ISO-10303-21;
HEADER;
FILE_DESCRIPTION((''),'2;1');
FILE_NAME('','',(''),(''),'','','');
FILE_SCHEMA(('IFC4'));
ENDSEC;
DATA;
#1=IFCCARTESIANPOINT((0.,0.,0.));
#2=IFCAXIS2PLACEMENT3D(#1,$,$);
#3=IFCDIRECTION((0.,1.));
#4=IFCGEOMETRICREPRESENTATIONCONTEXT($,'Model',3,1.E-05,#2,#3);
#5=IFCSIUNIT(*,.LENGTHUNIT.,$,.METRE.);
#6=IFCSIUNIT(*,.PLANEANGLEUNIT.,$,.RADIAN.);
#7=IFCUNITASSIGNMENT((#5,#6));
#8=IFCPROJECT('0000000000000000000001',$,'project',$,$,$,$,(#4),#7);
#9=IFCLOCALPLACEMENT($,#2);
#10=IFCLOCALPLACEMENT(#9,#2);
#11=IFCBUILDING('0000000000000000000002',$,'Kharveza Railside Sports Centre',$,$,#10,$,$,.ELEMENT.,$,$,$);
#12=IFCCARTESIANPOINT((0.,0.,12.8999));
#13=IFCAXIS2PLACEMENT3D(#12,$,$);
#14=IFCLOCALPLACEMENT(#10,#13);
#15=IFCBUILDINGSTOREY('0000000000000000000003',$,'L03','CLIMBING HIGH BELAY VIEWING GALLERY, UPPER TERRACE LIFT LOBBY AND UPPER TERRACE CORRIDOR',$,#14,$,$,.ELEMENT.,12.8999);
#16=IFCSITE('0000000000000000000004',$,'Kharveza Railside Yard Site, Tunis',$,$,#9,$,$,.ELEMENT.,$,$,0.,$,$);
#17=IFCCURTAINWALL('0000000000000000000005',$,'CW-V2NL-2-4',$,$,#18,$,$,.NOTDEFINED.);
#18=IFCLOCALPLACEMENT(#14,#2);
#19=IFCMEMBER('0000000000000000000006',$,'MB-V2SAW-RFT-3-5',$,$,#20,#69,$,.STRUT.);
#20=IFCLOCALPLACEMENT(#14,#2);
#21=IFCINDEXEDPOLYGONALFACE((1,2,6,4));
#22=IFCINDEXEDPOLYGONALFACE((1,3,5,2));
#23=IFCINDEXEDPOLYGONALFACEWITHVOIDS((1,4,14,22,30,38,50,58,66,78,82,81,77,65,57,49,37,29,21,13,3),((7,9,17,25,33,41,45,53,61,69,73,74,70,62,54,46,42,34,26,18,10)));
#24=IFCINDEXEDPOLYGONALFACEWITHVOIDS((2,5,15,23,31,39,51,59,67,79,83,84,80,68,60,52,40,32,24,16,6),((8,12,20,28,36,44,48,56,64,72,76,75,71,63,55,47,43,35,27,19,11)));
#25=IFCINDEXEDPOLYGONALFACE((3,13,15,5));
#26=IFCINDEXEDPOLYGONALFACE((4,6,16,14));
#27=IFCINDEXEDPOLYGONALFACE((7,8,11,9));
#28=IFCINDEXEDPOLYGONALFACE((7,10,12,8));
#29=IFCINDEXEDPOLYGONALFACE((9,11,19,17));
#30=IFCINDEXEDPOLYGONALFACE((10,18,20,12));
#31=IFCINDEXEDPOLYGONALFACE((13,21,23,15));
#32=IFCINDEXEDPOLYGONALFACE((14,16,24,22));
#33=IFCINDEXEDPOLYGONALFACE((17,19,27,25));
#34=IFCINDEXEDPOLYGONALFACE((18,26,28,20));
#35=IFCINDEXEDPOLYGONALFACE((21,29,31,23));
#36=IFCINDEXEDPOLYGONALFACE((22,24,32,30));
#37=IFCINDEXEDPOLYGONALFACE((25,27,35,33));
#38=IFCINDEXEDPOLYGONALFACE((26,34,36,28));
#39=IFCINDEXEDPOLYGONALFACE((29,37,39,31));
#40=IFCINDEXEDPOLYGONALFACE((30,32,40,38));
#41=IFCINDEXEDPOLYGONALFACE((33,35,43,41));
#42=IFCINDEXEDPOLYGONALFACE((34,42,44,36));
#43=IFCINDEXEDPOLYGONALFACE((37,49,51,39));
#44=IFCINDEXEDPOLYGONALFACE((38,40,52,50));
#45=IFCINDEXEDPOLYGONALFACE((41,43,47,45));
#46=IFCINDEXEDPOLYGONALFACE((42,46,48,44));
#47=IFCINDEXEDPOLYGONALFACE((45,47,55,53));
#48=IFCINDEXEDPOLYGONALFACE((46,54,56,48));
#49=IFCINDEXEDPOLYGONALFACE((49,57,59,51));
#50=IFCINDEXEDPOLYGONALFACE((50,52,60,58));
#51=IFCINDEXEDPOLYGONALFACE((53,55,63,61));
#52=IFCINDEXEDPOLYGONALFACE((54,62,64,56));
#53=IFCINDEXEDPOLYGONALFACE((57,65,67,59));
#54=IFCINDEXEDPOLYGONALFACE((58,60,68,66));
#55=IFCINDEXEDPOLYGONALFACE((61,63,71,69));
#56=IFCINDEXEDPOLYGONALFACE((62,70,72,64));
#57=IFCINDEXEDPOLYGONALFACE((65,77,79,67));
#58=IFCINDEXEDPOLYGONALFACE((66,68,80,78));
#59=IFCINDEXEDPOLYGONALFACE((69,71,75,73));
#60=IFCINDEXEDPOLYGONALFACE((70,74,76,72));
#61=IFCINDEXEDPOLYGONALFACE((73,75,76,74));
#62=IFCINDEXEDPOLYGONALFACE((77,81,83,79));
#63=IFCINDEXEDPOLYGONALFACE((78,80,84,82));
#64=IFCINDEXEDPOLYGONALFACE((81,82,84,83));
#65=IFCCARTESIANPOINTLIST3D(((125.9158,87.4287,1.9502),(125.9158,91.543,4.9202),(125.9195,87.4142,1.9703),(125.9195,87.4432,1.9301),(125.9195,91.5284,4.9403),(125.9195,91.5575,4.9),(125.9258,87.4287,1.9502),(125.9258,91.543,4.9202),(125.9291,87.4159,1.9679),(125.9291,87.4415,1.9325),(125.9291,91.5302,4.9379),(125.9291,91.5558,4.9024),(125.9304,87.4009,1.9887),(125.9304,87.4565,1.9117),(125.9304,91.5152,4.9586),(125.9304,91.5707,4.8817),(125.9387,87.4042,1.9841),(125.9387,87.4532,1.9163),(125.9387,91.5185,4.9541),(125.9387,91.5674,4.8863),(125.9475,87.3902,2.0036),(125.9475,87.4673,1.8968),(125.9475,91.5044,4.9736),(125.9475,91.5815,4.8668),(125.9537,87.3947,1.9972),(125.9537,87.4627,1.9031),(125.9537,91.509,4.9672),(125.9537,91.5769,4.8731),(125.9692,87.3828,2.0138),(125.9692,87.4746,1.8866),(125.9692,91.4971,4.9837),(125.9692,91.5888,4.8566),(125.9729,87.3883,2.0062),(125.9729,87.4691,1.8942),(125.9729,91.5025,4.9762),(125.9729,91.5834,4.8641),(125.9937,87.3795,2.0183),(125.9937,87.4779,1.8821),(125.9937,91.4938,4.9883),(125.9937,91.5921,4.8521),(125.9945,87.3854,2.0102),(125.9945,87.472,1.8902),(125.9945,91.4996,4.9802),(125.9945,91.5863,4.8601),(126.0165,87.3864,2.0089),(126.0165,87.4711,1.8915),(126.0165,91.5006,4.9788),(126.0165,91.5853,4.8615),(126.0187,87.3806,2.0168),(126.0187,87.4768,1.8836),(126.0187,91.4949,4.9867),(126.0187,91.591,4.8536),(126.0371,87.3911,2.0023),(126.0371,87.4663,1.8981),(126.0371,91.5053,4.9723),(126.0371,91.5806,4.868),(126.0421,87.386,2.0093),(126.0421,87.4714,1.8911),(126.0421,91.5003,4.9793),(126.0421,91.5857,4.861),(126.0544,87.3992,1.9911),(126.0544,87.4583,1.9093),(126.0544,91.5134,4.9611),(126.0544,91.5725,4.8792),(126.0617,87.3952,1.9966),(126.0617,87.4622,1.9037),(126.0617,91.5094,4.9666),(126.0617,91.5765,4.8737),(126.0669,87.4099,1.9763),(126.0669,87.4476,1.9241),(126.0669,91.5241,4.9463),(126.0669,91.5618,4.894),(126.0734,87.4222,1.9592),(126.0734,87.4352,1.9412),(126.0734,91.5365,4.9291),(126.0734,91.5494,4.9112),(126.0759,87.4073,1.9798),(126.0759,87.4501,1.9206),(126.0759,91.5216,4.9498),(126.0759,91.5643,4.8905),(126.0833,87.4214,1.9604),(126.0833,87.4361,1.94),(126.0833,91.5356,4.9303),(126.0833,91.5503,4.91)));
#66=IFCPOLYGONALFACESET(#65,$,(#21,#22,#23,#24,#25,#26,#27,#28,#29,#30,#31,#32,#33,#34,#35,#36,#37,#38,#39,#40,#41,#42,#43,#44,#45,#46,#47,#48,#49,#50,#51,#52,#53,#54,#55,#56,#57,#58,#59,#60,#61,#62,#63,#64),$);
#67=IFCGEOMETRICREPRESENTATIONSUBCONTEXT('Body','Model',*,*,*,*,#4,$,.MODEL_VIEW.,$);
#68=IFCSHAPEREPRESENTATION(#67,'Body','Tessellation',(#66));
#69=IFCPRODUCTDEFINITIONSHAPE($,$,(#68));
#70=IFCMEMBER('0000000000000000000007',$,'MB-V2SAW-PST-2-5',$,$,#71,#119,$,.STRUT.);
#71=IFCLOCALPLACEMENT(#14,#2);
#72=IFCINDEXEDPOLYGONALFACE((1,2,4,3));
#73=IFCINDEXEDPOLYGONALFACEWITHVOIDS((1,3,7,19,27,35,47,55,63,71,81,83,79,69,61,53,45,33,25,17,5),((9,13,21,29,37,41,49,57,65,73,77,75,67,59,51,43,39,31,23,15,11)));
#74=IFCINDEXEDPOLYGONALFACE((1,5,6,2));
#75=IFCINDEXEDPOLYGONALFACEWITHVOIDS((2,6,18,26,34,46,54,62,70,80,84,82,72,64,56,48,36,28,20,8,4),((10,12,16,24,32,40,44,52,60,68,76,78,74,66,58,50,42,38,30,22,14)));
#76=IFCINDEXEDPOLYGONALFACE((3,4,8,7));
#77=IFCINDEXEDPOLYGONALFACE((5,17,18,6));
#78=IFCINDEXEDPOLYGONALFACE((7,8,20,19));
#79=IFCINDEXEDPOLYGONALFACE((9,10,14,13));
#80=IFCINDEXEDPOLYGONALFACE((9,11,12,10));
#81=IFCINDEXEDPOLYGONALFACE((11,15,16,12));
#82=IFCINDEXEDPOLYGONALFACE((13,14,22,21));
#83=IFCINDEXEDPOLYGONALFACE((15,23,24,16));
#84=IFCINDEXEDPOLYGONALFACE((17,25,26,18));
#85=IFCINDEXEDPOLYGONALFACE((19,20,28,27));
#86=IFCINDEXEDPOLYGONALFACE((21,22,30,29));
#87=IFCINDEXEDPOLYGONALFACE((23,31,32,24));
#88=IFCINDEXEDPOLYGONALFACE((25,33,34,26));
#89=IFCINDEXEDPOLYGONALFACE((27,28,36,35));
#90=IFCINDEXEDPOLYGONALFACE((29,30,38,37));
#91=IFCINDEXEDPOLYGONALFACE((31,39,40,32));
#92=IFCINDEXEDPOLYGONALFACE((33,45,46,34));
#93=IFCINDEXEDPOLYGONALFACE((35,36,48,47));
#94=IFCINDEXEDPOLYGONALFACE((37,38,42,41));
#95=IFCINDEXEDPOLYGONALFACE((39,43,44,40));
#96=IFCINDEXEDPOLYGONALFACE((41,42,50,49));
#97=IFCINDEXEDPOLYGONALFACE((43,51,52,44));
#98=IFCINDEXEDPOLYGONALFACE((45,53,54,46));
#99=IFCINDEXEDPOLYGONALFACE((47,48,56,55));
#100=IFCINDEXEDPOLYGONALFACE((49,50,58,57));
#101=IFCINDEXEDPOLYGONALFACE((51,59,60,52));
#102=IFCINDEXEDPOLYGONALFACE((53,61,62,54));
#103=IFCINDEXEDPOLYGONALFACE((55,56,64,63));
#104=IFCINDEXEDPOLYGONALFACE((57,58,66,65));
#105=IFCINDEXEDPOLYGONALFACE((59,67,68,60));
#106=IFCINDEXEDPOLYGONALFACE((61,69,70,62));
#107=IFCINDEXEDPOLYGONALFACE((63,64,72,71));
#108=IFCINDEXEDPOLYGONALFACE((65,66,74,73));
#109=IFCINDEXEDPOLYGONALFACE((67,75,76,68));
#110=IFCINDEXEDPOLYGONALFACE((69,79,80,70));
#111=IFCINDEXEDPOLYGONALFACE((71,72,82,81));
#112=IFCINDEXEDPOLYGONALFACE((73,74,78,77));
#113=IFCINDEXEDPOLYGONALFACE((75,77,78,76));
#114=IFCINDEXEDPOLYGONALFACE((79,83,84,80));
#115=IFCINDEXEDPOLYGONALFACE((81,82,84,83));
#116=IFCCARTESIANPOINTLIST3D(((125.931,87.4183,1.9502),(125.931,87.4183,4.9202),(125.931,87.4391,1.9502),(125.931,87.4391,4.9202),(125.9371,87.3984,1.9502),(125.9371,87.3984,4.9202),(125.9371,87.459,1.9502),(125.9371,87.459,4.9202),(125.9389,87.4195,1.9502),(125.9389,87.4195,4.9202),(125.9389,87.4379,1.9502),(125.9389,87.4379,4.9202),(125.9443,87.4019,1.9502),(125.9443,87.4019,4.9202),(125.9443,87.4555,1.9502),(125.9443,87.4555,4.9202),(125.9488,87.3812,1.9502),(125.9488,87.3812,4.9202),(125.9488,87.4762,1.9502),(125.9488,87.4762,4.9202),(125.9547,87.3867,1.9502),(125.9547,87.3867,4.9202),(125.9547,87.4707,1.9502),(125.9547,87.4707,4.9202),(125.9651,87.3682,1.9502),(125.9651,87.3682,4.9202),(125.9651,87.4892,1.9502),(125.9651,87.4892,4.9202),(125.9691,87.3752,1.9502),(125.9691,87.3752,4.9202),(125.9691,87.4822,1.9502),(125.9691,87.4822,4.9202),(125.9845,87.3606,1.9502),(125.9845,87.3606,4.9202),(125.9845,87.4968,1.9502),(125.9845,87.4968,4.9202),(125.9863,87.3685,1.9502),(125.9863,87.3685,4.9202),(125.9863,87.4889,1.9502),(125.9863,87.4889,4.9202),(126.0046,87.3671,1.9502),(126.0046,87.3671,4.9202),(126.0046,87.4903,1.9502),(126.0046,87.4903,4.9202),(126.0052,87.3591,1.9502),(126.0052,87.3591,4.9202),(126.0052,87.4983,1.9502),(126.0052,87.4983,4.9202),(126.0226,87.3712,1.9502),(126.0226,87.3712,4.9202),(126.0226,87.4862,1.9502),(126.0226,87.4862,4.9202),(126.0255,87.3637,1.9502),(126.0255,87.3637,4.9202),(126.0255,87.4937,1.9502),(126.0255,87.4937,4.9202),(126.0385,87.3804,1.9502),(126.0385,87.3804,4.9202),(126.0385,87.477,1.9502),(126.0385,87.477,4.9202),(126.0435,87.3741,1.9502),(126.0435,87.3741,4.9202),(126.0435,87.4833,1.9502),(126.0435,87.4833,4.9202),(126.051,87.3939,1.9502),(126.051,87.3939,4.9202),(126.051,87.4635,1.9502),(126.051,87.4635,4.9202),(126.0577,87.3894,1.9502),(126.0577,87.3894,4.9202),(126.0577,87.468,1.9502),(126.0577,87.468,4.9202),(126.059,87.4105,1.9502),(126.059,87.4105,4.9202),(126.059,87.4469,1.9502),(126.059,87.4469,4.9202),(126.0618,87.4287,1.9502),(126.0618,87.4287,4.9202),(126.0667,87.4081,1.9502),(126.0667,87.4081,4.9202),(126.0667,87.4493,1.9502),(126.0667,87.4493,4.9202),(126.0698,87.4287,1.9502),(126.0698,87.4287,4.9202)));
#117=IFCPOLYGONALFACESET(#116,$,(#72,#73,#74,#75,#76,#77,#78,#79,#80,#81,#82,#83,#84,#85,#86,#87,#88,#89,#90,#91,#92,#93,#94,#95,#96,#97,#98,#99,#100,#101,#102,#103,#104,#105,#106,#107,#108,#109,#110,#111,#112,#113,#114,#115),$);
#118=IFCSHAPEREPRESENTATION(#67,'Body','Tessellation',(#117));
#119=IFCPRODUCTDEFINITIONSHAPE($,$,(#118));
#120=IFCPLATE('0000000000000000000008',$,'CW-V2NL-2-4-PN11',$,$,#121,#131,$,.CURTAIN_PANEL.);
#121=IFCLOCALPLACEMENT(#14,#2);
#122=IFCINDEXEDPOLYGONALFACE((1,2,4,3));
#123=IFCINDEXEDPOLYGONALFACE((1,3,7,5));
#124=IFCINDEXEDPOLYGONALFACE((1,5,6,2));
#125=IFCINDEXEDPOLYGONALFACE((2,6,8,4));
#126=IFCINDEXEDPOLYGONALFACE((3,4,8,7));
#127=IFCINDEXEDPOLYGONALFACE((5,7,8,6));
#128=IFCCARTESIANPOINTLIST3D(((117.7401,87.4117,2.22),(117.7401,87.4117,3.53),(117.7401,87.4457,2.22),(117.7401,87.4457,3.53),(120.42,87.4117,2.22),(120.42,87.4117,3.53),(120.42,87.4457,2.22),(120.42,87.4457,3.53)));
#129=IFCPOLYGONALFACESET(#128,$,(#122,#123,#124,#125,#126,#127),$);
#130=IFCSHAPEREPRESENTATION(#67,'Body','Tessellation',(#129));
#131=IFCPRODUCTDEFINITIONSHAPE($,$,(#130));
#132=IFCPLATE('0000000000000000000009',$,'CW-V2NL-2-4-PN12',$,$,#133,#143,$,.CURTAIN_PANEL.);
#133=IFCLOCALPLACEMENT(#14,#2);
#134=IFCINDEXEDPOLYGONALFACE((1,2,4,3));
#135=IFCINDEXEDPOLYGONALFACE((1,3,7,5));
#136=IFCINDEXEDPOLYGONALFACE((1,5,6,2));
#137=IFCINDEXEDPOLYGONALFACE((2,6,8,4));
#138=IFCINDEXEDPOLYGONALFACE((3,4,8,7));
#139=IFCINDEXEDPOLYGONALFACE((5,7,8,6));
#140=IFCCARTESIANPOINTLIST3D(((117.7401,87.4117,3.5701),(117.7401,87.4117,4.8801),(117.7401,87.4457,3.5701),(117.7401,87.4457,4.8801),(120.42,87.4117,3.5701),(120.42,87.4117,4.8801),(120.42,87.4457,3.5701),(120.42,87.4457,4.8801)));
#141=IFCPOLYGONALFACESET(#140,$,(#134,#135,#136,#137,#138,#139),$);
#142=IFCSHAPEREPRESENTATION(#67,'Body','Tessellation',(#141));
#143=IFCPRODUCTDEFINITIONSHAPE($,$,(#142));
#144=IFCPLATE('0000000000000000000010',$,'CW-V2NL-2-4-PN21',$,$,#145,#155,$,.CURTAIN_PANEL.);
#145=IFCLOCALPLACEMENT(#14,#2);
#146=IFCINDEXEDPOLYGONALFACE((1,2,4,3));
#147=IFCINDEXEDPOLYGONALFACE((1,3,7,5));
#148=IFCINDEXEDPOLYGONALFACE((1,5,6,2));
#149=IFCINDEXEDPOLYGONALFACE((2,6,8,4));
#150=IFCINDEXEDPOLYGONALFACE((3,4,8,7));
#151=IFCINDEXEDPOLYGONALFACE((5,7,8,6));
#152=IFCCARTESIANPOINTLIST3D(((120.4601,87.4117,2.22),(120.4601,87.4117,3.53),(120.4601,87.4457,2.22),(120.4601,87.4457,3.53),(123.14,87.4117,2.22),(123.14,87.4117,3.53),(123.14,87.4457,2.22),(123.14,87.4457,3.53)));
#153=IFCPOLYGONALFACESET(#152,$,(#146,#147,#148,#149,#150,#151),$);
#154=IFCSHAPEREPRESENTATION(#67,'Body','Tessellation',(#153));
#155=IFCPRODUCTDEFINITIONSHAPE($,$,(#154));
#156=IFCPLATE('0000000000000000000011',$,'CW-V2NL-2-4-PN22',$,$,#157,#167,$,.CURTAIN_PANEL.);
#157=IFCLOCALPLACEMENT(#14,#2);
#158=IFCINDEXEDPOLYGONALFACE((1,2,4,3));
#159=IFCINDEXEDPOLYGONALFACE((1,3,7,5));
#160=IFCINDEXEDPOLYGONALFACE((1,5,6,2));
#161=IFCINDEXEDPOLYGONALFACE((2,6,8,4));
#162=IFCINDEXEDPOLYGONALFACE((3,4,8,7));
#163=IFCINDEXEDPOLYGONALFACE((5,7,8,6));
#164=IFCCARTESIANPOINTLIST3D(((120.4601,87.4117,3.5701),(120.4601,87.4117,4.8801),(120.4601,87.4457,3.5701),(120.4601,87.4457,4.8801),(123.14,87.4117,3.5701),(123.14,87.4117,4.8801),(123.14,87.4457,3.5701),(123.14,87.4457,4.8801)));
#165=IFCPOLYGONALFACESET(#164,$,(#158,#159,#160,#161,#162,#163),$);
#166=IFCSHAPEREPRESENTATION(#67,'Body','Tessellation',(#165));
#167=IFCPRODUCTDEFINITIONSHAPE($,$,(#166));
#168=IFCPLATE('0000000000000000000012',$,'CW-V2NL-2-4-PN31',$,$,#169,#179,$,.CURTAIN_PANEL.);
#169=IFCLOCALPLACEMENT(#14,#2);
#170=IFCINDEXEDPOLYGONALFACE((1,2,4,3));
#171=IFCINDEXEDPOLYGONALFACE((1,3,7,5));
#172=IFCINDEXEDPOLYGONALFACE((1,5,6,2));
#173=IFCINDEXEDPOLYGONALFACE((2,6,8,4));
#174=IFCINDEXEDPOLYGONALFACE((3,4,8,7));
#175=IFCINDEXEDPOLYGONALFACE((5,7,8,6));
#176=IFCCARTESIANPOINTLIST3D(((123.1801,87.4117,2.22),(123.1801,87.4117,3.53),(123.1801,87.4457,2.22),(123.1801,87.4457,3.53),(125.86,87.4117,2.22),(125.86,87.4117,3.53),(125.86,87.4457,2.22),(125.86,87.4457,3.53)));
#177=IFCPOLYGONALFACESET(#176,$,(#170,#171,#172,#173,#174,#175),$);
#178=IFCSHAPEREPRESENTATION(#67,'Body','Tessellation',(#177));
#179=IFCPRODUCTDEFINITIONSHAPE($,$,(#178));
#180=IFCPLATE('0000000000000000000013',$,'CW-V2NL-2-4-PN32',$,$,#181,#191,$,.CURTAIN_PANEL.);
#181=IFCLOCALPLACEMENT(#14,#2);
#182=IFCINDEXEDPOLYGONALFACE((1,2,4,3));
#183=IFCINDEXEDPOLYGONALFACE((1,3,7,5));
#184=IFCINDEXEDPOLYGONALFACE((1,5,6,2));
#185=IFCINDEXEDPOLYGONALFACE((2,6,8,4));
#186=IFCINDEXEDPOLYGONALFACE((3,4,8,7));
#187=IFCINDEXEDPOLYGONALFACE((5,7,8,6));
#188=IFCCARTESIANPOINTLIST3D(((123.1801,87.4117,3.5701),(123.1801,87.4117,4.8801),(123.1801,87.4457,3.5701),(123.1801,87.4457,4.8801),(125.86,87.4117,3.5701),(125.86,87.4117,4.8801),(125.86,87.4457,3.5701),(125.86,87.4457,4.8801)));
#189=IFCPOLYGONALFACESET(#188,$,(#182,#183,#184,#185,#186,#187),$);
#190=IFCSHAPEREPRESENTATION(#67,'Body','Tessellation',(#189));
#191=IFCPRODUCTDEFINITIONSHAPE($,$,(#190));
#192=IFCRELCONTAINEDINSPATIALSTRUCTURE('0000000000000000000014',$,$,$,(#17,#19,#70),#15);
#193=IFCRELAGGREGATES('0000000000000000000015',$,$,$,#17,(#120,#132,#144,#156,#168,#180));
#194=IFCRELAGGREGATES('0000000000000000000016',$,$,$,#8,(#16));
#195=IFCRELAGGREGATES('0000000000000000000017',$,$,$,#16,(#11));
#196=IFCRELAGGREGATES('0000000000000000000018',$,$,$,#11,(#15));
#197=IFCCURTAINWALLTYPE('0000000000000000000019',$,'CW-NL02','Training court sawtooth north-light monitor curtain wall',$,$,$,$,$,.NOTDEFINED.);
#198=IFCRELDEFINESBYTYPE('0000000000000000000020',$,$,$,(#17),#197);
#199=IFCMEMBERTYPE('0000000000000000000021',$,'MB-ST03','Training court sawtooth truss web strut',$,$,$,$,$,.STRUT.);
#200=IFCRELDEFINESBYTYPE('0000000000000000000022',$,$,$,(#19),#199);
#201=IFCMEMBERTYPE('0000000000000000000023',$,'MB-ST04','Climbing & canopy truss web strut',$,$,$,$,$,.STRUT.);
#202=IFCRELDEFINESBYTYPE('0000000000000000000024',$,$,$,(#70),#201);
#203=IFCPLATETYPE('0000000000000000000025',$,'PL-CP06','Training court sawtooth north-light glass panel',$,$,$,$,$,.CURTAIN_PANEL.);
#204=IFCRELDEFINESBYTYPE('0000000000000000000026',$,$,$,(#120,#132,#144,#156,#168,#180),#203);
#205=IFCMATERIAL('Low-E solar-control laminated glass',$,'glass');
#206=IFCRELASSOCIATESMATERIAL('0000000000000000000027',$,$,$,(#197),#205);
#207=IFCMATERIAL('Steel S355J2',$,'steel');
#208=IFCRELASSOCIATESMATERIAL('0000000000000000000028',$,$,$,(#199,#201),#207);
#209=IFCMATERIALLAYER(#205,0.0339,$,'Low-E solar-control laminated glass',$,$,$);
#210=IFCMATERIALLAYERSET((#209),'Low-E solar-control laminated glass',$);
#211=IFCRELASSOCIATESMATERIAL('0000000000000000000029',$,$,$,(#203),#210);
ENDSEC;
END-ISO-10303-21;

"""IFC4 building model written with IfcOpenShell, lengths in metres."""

from ifc_helpers import new_model, si_unit, direction, frame, origin, origin_2d, place, context, subcontext, project, spatial, rectangle, hollow_circle, extrude, material, layer, layer_set, material_profile, profile_set, type_object, element, aggregate, save


model = new_model("IFC4")

# Units and contexts
model_context = context("Model", 3, precision=1e-05, world=origin(), true_north=direction((0.0, 1.0)))
body_context = subcontext(model_context, "Body", "Model", "MODEL_VIEW")
ifc_project = project(units=[si_unit("LENGTHUNIT", "METRE"), si_unit("PLANEANGLEUNIT", "RADIAN")], contexts=[model_context])

# Site, building, storey
site_placement = place(None, origin())
site = spatial("IfcSite", under=ifc_project, at=site_placement, Name="Kharveza Railside Yard Site, Tunis", CompositionType="ELEMENT", RefElevation=0.0)
building_placement = place(site_placement, origin())
building = spatial("IfcBuilding", under=site, at=building_placement, Name="Kharveza Railside Sports Centre", CompositionType="ELEMENT")
storey_placement = place(building_placement, frame((0.0, 0.0, 12.8999)))
storey = spatial("IfcBuildingStorey", under=building, at=storey_placement, Name="L03", Description="CLIMBING HIGH BELAY VIEWING GALLERY, UPPER TERRACE LIFT LOBBY AND UPPER TERRACE CORRIDOR", CompositionType="ELEMENT", Elevation=12.8999)

# Shared definitions
ifc_material_1 = material(Name="Steel S355J2", Category="steel")

# Curtain wall
ifc_material_2 = material(Name="Low-E solar-control laminated glass", Category="glass")
curtain_wall_type = type_object("IfcCurtainWallType", Name="CW-NL02", Description="Training court sawtooth north-light monitor curtain wall", PredefinedType="NOTDEFINED", material=ifc_material_2)
curtain_wall_1_placement = place(storey_placement, origin())
curtain_wall_1 = element("IfcCurtainWall", 1, at=curtain_wall_1_placement, inside=storey, type_object=curtain_wall_type, Name="CW-V2NL-2-4", PredefinedType="NOTDEFINED")

# Members
ifc_material_profile_1 = material_profile(ifc_material_1, hollow_circle(Radius=0.0842, WallThickness=0.01, at=origin_2d()), Name="CHS 168.3x10.0")
ifc_profile_set_1 = profile_set([ifc_material_profile_1], Name="Steel S355J2")
member_type_1 = type_object("IfcMemberType", Name="MB-ST03", Description="Training court sawtooth truss web strut", PredefinedType="STRUT", material=ifc_profile_set_1)
member_1_placement = place(storey_placement, frame((126.0, 87.4287, 1.9502), z_axis=(0.0, 0.810814, 0.585304), x_axis=(-1.0, 0.0, 0.0)))
element("IfcMember", 2, at=member_1_placement, inside=storey, type_object=member_type_1, Name="MB-V2SAW-RFT-3-5", PredefinedType="STRUT", context=body_context, shape_type="SweptSolid", body=[
    extrude(hollow_circle(Radius=0.0842, WallThickness=0.01, at=origin_2d()), origin(), (0.0, 0.0, 1.0), 5.0742),
])
ifc_material_profile_2 = material_profile(ifc_material_1, hollow_circle(Radius=0.0698, WallThickness=0.0081, at=origin_2d()), Name="CHS 139.7x8.0")
ifc_profile_set_2 = profile_set([ifc_material_profile_2], Name="Steel S355J2")
member_type_2 = type_object("IfcMemberType", Name="MB-ST04", Description="Climbing & canopy truss web strut", PredefinedType="STRUT", material=ifc_profile_set_2)
member_2_placement = place(storey_placement, frame((126.0, 87.4287, 1.9502), z_axis=(0.0, 0.0, 1.0), x_axis=(1.0, 0.0, 0.0)))
element("IfcMember", 3, at=member_2_placement, inside=storey, type_object=member_type_2, Name="MB-V2SAW-PST-2-5", PredefinedType="STRUT", context=body_context, shape_type="SweptSolid", body=[
    extrude(hollow_circle(Radius=0.0698, WallThickness=0.0081, at=origin_2d()), origin(), (0.0, 0.0, 1.0), 2.97),
])

# Plates
ifc_layer_1 = layer(ifc_material_2, 0.0339, Name="Low-E solar-control laminated glass")
ifc_layer_set_1 = layer_set([ifc_layer_1], Name="Low-E solar-control laminated glass")
plate_type_1 = type_object("IfcPlateType", Name="PL-CP06", Description="Training court sawtooth north-light glass panel", PredefinedType="CURTAIN_PANEL", material=ifc_layer_set_1)
plate_1_placement = place(storey_placement, frame((119.0801, 87.4287, 2.22), z_axis=(0.0, 0.0, 1.0), x_axis=(1.0, 0.0, 0.0)))
plate_1 = element("IfcPlate", 4, at=plate_1_placement, type_object=plate_type_1, Name="CW-V2NL-2-4-PN11", PredefinedType="CURTAIN_PANEL", context=body_context, shape_type="SweptSolid", body=[
    extrude(rectangle(XDim=2.6799, YDim=0.0339, at=origin_2d()), origin(), (0.0, 0.0, 1.0), 1.3101),
])
plate_2_placement = place(storey_placement, frame((119.0801, 87.4287, 3.5701), z_axis=(0.0, 0.0, 1.0), x_axis=(1.0, 0.0, 0.0)))
plate_2 = element("IfcPlate", 5, at=plate_2_placement, type_object=plate_type_1, Name="CW-V2NL-2-4-PN12", PredefinedType="CURTAIN_PANEL", context=body_context, shape_type="SweptSolid", body=[
    extrude(rectangle(XDim=2.6799, YDim=0.0339, at=origin_2d()), origin(), (0.0, 0.0, 1.0), 1.3101),
])
plate_3_placement = place(storey_placement, frame((121.8, 87.4287, 2.22), z_axis=(0.0, 0.0, 1.0), x_axis=(1.0, 0.0, 0.0)))
plate_3 = element("IfcPlate", 6, at=plate_3_placement, type_object=plate_type_1, Name="CW-V2NL-2-4-PN21", PredefinedType="CURTAIN_PANEL", context=body_context, shape_type="SweptSolid", body=[
    extrude(rectangle(XDim=2.6799, YDim=0.0339, at=origin_2d()), origin(), (0.0, 0.0, 1.0), 1.3101),
])
plate_4_placement = place(storey_placement, frame((121.8, 87.4287, 3.5701), z_axis=(0.0, 0.0, 1.0), x_axis=(1.0, 0.0, 0.0)))
plate_4 = element("IfcPlate", 7, at=plate_4_placement, type_object=plate_type_1, Name="CW-V2NL-2-4-PN22", PredefinedType="CURTAIN_PANEL", context=body_context, shape_type="SweptSolid", body=[
    extrude(rectangle(XDim=2.6799, YDim=0.0339, at=origin_2d()), origin(), (0.0, 0.0, 1.0), 1.3101),
])
plate_5_placement = place(storey_placement, frame((124.52, 87.4287, 2.22), z_axis=(0.0, 0.0, 1.0), x_axis=(1.0, 0.0, 0.0)))
plate_5 = element("IfcPlate", 8, at=plate_5_placement, type_object=plate_type_1, Name="CW-V2NL-2-4-PN31", PredefinedType="CURTAIN_PANEL", context=body_context, shape_type="SweptSolid", body=[
    extrude(rectangle(XDim=2.6799, YDim=0.0339, at=origin_2d()), origin(), (0.0, 0.0, 1.0), 1.3101),
])
plate_6_placement = place(storey_placement, frame((124.52, 87.4287, 3.5701), z_axis=(0.0, 0.0, 1.0), x_axis=(1.0, 0.0, 0.0)))
plate_6 = element("IfcPlate", 9, at=plate_6_placement, type_object=plate_type_1, Name="CW-V2NL-2-4-PN32", PredefinedType="CURTAIN_PANEL", context=body_context, shape_type="SweptSolid", body=[
    extrude(rectangle(XDim=2.6799, YDim=0.0339, at=origin_2d()), origin(), (0.0, 0.0, 1.0), 1.3101),
])
aggregate(curtain_wall_1, [plate_1, plate_2, plate_3, plate_4, plate_5, plate_6])

save(model, "model.ifc")
